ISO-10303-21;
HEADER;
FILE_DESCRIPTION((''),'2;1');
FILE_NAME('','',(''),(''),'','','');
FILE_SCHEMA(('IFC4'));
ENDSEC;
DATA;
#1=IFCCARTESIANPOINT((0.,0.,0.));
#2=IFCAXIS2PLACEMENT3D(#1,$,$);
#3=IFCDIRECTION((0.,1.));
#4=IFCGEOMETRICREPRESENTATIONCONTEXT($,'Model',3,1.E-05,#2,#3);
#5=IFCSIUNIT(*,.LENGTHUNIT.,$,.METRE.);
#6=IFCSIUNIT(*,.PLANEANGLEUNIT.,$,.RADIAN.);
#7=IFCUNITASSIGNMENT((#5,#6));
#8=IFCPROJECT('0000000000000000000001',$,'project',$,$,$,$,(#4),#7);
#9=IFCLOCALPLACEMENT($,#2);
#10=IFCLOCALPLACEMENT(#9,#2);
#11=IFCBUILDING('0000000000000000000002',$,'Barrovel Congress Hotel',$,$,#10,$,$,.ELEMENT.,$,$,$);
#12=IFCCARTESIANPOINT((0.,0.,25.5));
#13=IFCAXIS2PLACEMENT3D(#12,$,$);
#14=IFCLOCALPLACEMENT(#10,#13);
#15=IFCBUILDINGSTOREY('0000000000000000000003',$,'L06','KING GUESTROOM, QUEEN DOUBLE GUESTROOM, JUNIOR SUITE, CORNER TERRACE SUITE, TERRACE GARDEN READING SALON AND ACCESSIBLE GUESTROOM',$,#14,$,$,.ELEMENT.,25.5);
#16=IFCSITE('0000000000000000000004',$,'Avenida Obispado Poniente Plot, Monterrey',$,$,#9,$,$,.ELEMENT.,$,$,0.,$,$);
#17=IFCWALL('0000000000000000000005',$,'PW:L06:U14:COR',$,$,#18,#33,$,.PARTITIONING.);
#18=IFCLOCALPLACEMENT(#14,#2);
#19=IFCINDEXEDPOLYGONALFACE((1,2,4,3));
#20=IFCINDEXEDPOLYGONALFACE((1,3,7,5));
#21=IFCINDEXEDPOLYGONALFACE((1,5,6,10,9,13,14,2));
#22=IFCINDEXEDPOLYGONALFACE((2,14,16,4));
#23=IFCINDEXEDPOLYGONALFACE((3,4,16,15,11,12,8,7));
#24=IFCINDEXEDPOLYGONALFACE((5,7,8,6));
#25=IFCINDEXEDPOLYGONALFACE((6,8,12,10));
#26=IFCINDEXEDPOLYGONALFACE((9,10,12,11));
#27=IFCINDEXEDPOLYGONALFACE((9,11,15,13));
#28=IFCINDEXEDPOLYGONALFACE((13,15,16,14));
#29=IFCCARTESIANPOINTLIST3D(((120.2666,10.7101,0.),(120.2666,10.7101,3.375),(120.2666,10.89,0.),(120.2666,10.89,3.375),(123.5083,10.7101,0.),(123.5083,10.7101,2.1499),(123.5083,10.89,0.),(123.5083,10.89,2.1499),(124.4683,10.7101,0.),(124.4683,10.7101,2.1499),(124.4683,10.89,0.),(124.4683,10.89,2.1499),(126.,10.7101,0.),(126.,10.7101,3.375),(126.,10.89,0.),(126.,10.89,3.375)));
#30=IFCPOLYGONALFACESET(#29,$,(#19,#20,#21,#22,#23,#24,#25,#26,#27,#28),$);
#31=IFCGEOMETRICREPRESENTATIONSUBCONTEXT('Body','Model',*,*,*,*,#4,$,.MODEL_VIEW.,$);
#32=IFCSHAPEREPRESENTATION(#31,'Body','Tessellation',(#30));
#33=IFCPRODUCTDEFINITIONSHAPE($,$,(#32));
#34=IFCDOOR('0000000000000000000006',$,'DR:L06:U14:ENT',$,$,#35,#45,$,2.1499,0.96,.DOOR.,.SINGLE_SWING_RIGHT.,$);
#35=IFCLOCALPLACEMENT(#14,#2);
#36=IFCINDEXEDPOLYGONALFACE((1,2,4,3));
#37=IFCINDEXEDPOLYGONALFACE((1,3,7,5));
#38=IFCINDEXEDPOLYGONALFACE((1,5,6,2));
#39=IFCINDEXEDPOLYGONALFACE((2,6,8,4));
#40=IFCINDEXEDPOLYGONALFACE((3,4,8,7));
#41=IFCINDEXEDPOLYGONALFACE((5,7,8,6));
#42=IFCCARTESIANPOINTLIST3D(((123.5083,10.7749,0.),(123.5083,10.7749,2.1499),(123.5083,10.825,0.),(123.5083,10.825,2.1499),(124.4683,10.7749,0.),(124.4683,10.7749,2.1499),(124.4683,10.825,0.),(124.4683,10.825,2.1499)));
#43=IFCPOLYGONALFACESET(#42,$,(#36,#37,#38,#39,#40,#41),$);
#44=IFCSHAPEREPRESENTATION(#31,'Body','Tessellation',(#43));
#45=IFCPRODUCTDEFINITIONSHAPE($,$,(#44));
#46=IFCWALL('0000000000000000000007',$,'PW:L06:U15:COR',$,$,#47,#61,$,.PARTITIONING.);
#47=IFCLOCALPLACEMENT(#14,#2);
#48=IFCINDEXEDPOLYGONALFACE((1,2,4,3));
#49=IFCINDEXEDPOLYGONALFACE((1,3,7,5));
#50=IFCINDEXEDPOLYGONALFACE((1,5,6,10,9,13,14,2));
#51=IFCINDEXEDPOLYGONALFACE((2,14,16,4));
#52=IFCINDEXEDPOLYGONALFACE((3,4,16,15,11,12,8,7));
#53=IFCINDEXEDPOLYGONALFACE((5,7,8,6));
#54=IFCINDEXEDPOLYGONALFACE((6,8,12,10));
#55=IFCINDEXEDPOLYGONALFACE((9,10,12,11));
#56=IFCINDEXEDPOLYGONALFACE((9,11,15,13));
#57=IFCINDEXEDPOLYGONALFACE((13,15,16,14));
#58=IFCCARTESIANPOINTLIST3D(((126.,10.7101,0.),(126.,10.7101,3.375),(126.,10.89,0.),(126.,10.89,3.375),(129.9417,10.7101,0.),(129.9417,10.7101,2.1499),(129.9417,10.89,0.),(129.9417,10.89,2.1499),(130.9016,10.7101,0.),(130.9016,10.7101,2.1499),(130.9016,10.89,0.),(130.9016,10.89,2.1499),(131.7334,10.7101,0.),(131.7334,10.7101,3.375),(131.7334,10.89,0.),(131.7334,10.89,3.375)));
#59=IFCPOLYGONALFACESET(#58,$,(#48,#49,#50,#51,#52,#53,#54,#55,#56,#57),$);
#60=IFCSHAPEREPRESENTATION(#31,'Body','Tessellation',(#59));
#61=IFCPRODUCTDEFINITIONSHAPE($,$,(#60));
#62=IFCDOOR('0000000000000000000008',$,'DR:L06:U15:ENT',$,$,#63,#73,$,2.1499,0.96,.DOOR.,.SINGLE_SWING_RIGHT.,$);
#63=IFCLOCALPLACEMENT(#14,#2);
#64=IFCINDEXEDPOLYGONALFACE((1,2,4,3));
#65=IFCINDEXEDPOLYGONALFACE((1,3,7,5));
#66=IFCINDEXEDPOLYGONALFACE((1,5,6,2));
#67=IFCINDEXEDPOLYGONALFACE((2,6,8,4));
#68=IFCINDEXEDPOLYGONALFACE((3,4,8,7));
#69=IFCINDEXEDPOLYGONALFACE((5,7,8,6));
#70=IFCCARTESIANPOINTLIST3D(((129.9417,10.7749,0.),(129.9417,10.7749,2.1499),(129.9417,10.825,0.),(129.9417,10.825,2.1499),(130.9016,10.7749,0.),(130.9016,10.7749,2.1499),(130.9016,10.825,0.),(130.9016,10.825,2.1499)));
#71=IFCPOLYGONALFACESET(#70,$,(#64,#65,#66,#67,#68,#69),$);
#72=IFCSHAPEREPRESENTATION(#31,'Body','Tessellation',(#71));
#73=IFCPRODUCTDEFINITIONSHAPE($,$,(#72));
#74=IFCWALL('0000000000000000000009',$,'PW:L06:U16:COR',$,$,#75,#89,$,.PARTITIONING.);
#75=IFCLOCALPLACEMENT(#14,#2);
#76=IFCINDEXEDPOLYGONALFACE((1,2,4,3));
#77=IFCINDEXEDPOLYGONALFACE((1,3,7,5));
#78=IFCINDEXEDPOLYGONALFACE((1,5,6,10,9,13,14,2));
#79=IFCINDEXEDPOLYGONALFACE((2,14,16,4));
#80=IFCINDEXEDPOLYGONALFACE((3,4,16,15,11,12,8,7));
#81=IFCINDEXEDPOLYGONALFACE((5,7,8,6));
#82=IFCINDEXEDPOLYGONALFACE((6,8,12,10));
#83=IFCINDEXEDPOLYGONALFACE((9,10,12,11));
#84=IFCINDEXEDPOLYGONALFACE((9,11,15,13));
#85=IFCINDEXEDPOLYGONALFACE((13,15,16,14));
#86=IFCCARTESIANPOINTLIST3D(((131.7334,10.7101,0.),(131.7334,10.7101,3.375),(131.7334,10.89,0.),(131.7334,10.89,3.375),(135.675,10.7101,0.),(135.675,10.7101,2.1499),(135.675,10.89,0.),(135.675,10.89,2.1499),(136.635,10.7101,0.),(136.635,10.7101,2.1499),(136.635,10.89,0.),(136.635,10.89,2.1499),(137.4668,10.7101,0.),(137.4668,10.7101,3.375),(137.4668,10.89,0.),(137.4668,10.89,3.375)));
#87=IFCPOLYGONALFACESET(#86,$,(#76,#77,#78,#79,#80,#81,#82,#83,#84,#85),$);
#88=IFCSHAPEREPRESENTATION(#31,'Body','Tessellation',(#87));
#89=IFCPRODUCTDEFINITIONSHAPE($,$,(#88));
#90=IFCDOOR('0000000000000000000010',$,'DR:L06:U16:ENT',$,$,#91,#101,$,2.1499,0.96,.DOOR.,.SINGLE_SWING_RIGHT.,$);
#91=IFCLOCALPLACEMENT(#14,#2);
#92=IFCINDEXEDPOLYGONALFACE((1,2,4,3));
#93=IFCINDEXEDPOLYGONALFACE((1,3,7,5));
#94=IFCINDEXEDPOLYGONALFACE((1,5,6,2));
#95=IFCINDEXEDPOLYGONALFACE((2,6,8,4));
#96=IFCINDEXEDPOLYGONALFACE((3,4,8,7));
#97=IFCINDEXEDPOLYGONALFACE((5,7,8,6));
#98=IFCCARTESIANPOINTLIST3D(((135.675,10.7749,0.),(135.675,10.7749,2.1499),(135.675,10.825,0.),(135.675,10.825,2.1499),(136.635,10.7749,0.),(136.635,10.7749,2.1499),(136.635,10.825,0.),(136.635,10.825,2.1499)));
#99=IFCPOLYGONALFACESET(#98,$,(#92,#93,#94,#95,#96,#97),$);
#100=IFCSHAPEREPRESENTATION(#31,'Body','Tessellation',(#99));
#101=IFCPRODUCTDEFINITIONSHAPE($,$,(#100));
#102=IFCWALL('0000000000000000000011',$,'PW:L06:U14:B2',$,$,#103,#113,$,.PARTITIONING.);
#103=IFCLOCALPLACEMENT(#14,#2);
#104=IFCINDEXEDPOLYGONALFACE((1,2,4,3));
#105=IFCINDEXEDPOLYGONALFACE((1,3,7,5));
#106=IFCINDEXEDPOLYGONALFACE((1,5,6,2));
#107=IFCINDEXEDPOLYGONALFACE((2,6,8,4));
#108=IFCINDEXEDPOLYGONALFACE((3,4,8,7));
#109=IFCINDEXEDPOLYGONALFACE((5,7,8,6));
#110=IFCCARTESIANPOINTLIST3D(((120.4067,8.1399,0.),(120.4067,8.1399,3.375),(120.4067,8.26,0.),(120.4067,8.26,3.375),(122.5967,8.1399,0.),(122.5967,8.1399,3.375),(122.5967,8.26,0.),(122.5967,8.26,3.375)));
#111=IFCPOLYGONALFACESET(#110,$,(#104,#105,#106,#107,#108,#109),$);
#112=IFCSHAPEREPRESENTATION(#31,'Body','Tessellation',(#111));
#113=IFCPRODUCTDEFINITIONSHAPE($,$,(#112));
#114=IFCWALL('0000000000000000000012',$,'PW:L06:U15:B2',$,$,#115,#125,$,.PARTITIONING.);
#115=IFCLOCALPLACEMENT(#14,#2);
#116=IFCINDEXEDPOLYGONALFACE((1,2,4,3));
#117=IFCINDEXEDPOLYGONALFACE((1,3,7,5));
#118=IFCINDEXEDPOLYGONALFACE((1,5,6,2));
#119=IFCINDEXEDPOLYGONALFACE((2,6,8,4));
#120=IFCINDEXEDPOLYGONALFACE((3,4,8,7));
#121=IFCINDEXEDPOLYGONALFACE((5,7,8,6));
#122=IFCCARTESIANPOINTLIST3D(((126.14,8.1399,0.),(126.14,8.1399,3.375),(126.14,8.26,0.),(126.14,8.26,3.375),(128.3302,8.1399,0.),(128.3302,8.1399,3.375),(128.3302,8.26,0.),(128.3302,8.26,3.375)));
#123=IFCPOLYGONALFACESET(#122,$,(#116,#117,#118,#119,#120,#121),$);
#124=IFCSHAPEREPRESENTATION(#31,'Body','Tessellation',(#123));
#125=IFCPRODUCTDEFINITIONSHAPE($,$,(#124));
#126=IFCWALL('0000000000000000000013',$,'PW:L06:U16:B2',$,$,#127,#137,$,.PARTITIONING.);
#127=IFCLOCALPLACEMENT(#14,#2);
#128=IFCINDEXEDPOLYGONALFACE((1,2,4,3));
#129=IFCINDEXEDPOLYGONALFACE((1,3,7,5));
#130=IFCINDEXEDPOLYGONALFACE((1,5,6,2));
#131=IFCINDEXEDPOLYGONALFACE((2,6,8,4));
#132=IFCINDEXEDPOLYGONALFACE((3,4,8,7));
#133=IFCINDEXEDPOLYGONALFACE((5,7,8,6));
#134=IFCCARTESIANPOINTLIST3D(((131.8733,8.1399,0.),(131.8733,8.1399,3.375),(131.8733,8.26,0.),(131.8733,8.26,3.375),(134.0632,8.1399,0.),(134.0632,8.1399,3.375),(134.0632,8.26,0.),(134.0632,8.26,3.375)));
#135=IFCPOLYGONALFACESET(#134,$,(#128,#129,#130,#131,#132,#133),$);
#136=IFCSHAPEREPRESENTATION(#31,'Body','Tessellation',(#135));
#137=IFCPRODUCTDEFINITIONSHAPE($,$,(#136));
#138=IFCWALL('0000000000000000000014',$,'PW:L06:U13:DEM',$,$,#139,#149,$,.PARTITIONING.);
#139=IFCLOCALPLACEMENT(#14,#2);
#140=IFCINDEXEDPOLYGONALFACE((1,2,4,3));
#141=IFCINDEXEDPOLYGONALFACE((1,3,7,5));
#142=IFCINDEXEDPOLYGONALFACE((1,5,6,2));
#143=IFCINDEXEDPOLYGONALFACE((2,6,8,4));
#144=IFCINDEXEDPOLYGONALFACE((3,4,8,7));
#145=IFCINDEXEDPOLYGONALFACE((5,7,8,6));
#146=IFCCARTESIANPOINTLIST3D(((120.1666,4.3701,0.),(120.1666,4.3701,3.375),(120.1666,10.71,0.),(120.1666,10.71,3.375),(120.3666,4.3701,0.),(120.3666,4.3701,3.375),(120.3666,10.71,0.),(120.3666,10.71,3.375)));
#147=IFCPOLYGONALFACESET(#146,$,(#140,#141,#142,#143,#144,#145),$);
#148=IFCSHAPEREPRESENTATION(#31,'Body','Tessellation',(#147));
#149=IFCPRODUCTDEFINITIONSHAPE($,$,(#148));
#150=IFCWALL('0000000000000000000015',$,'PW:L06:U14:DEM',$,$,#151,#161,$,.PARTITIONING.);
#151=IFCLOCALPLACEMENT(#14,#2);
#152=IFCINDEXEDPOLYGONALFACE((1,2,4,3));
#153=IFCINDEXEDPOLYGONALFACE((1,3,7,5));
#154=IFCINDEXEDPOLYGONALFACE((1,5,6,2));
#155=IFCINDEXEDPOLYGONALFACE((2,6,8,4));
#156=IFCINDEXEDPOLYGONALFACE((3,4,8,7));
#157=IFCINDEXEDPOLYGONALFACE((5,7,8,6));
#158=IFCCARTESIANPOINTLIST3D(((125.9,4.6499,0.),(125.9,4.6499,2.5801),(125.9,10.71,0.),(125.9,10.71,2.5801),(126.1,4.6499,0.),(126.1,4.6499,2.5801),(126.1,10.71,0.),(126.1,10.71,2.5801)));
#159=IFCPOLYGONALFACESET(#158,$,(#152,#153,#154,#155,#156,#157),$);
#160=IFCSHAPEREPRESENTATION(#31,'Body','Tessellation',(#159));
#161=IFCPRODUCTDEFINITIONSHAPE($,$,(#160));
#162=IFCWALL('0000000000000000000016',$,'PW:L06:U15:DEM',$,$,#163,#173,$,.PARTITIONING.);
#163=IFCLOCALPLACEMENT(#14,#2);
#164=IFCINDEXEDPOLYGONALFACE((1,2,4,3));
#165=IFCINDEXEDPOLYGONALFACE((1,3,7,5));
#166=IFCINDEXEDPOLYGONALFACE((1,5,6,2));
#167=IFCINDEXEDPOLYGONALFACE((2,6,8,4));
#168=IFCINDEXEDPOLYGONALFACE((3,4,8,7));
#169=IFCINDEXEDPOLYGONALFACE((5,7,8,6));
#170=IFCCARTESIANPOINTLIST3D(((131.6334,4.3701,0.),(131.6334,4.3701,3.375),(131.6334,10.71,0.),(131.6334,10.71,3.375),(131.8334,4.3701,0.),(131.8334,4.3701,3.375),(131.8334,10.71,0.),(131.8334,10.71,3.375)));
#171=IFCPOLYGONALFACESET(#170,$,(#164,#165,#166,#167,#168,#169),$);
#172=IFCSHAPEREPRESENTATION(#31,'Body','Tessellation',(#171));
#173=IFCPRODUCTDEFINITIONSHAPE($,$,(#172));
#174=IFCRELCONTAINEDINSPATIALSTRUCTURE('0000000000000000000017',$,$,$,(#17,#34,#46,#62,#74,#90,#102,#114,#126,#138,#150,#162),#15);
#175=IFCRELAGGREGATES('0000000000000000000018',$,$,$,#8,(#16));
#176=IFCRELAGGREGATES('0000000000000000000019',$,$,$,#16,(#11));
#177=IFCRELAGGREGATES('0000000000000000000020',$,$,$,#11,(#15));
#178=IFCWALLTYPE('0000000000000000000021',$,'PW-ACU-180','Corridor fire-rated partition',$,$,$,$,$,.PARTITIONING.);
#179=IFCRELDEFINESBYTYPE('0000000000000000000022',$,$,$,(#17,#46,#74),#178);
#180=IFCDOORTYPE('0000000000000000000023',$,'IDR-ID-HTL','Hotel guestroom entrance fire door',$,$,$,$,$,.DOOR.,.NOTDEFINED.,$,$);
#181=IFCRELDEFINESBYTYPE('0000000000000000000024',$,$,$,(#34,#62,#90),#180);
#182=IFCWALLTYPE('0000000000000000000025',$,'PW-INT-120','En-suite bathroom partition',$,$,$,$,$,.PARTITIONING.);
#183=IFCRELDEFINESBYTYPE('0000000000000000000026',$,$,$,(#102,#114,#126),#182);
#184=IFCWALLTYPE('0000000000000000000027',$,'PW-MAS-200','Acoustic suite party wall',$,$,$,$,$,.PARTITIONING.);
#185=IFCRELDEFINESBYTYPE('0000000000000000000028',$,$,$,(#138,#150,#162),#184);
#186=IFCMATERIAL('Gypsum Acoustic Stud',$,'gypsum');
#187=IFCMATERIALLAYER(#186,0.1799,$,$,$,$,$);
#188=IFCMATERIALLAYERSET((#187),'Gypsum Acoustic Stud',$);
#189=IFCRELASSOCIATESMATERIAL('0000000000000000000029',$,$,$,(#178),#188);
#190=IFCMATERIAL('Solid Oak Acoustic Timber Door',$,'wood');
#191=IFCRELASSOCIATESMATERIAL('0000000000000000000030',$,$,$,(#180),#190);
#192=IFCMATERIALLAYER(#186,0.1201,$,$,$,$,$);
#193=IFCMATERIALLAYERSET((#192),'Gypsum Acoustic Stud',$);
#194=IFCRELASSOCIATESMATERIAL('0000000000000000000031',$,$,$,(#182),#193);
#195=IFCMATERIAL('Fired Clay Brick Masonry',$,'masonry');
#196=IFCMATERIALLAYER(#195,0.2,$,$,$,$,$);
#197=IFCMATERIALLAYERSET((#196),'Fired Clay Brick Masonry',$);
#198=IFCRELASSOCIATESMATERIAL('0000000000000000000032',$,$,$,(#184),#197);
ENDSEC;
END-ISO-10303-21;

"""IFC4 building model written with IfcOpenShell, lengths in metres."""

from ifc_helpers import new_model, si_unit, direction, frame, frame_2d, origin, place, context, subcontext, project, spatial, rectangle, extrude, material, layer, layer_set, type_object, element, fill, save


model = new_model("IFC4")

# Units and contexts
model_context = context("Model", 3, precision=1e-05, world=origin(), true_north=direction((0.0, 1.0)))
body_context = subcontext(model_context, "Body", "Model", "MODEL_VIEW")
ifc_project = project(units=[si_unit("LENGTHUNIT", "METRE"), si_unit("PLANEANGLEUNIT", "RADIAN")], contexts=[model_context])

# Site, building, storey
site_placement = place(None, origin())
site = spatial("IfcSite", under=ifc_project, at=site_placement, Name="Avenida Obispado Poniente Plot, Monterrey", CompositionType="ELEMENT", RefElevation=0.0)
building_placement = place(site_placement, origin())
building = spatial("IfcBuilding", under=site, at=building_placement, Name="Barrovel Congress Hotel", CompositionType="ELEMENT")
storey_placement = place(building_placement, frame((0.0, 0.0, 25.5)))
storey = spatial("IfcBuildingStorey", under=building, at=storey_placement, Name="L06", Description="KING GUESTROOM, QUEEN DOUBLE GUESTROOM, JUNIOR SUITE, CORNER TERRACE SUITE, TERRACE GARDEN READING SALON AND ACCESSIBLE GUESTROOM", CompositionType="ELEMENT", Elevation=25.5)

# Shared definitions
ifc_material_1 = material(Name="Fired Clay Brick Masonry", Category="masonry")

# Walls, openings, doors
ifc_material_2 = material(Name="Gypsum Acoustic Stud", Category="gypsum")
ifc_layer_1 = layer(ifc_material_2, 0.1799)
ifc_layer_set_1 = layer_set([ifc_layer_1], Name="Gypsum Acoustic Stud")
wall_type_1 = type_object("IfcWallType", Name="PW-ACU-180", Description="Corridor fire-rated partition", PredefinedType="PARTITIONING", material=ifc_layer_set_1)
wall_1_placement = place(storey_placement, frame((120.2666, 10.8, 0.0), z_axis=(0.0, 0.0, 1.0), x_axis=(1.0, 0.0, 0.0)))
wall_1 = element("IfcWall", 1, at=wall_1_placement, inside=storey, type_object=wall_type_1, Name="PW:L06:U14:COR", PredefinedType="PARTITIONING", context=body_context, shape_type="SweptSolid", body=[
    extrude(rectangle(XDim=5.7334, YDim=0.1799, at=frame_2d((2.8667, 0.0))), origin(), (0.0, 0.0, 1.0), 3.375),
])
opening_1_placement = place(wall_1_placement, frame((3.2417, 0.0, 0.0)))
opening_1 = element("IfcOpeningElement", 2, at=opening_1_placement, cuts=wall_1, PredefinedType="OPENING", context=body_context, shape_type="SweptSolid", body=[
    extrude(rectangle(XDim=0.96, YDim=2.1499, at=frame_2d((0.48, 1.075))), frame((0.0, 0.1001, 0.0), z_axis=(0.0, -1.0, 0.0), x_axis=(1.0, 0.0, 0.0)), (0.0, 0.0, 1.0), 0.2),
])
ifc_material_3 = material(Name="Solid Oak Acoustic Timber Door", Category="wood")
door_type_1 = type_object("IfcDoorType", Name="IDR-ID-HTL", Description="Hotel guestroom entrance fire door", OperationType="NOTDEFINED", PredefinedType="DOOR", material=ifc_material_3)
door_1_placement = place(opening_1_placement, origin())
door_1 = element("IfcDoor", 3, at=door_1_placement, inside=storey, type_object=door_type_1, Name="DR:L06:U14:ENT", OperationType="SINGLE_SWING_RIGHT", OverallHeight=2.1499, OverallWidth=0.96, PredefinedType="DOOR", context=body_context, shape_type="SweptSolid", body=[
    extrude(rectangle(XDim=0.96, YDim=2.1499, at=frame_2d((0.48, 1.075))), frame((0.0, 0.0249, 0.0), z_axis=(0.0, -1.0, 0.0), x_axis=(1.0, 0.0, 0.0)), (0.0, 0.0, 1.0), 0.05),
])
fill(opening_1, door_1)
wall_2_placement = place(storey_placement, frame((126.0, 10.8, 0.0), z_axis=(0.0, 0.0, 1.0), x_axis=(1.0, 0.0, 0.0)))
wall_2 = element("IfcWall", 4, at=wall_2_placement, inside=storey, type_object=wall_type_1, Name="PW:L06:U15:COR", PredefinedType="PARTITIONING", context=body_context, shape_type="SweptSolid", body=[
    extrude(rectangle(XDim=5.7334, YDim=0.1799, at=frame_2d((2.8667, 0.0))), origin(), (0.0, 0.0, 1.0), 3.375),
])
opening_2_placement = place(wall_2_placement, frame((3.9417, 0.0, 0.0)))
opening_2 = element("IfcOpeningElement", 5, at=opening_2_placement, cuts=wall_2, PredefinedType="OPENING", context=body_context, shape_type="SweptSolid", body=[
    extrude(rectangle(XDim=0.96, YDim=2.1499, at=frame_2d((0.48, 1.075))), frame((0.0, 0.1001, 0.0), z_axis=(0.0, -1.0, 0.0), x_axis=(1.0, 0.0, 0.0)), (0.0, 0.0, 1.0), 0.2),
])
door_2_placement = place(opening_2_placement, origin())
door_2 = element("IfcDoor", 6, at=door_2_placement, inside=storey, type_object=door_type_1, Name="DR:L06:U15:ENT", OperationType="SINGLE_SWING_RIGHT", OverallHeight=2.1499, OverallWidth=0.96, PredefinedType="DOOR", context=body_context, shape_type="SweptSolid", body=[
    extrude(rectangle(XDim=0.96, YDim=2.1499, at=frame_2d((0.48, 1.075))), frame((0.0, 0.0249, 0.0), z_axis=(0.0, -1.0, 0.0), x_axis=(1.0, 0.0, 0.0)), (0.0, 0.0, 1.0), 0.05),
])
fill(opening_2, door_2)
wall_3_placement = place(storey_placement, frame((131.7334, 10.8, 0.0), z_axis=(0.0, 0.0, 1.0), x_axis=(1.0, 0.0, 0.0)))
wall_3 = element("IfcWall", 7, at=wall_3_placement, inside=storey, type_object=wall_type_1, Name="PW:L06:U16:COR", PredefinedType="PARTITIONING", context=body_context, shape_type="SweptSolid", body=[
    extrude(rectangle(XDim=5.7334, YDim=0.1799, at=frame_2d((2.8667, 0.0))), origin(), (0.0, 0.0, 1.0), 3.375),
])
opening_3_placement = place(wall_3_placement, frame((3.9417, 0.0, 0.0)))
opening_3 = element("IfcOpeningElement", 8, at=opening_3_placement, cuts=wall_3, PredefinedType="OPENING", context=body_context, shape_type="SweptSolid", body=[
    extrude(rectangle(XDim=0.96, YDim=2.1499, at=frame_2d((0.48, 1.075))), frame((0.0, 0.1001, 0.0), z_axis=(0.0, -1.0, 0.0), x_axis=(1.0, 0.0, 0.0)), (0.0, 0.0, 1.0), 0.2),
])
door_3_placement = place(opening_3_placement, origin())
door_3 = element("IfcDoor", 9, at=door_3_placement, inside=storey, type_object=door_type_1, Name="DR:L06:U16:ENT", OperationType="SINGLE_SWING_RIGHT", OverallHeight=2.1499, OverallWidth=0.96, PredefinedType="DOOR", context=body_context, shape_type="SweptSolid", body=[
    extrude(rectangle(XDim=0.96, YDim=2.1499, at=frame_2d((0.48, 1.075))), frame((0.0, 0.0249, 0.0), z_axis=(0.0, -1.0, 0.0), x_axis=(1.0, 0.0, 0.0)), (0.0, 0.0, 1.0), 0.05),
])
fill(opening_3, door_3)

# Walls
ifc_layer_2 = layer(ifc_material_2, 0.1201)
ifc_layer_set_2 = layer_set([ifc_layer_2], Name="Gypsum Acoustic Stud")
wall_type_2 = type_object("IfcWallType", Name="PW-INT-120", Description="En-suite bathroom partition", PredefinedType="PARTITIONING", material=ifc_layer_set_2)
wall_4_placement = place(storey_placement, frame((120.4067, 8.2, 0.0), z_axis=(0.0, 0.0, 1.0), x_axis=(1.0, 0.0, 0.0)))
element("IfcWall", 10, at=wall_4_placement, inside=storey, type_object=wall_type_2, Name="PW:L06:U14:B2", PredefinedType="PARTITIONING", context=body_context, shape_type="SweptSolid", body=[
    extrude(rectangle(XDim=2.1899, YDim=0.1201, at=frame_2d((1.095, 0.0))), origin(), (0.0, 0.0, 1.0), 3.375),
])
wall_5_placement = place(storey_placement, frame((126.1399, 8.2, 0.0), z_axis=(0.0, 0.0, 1.0), x_axis=(1.0, 0.0, 0.0)))
element("IfcWall", 11, at=wall_5_placement, inside=storey, type_object=wall_type_2, Name="PW:L06:U15:B2", PredefinedType="PARTITIONING", context=body_context, shape_type="SweptSolid", body=[
    extrude(rectangle(XDim=2.1902, YDim=0.1201, at=frame_2d((1.0952, 0.0))), origin(), (0.0, 0.0, 1.0), 3.375),
])
wall_6_placement = place(storey_placement, frame((131.8733, 8.2, 0.0), z_axis=(0.0, 0.0, 1.0), x_axis=(1.0, 0.0, 0.0)))
element("IfcWall", 12, at=wall_6_placement, inside=storey, type_object=wall_type_2, Name="PW:L06:U16:B2", PredefinedType="PARTITIONING", context=body_context, shape_type="SweptSolid", body=[
    extrude(rectangle(XDim=2.1899, YDim=0.1201, at=frame_2d((1.095, 0.0))), origin(), (0.0, 0.0, 1.0), 3.375),
])
ifc_layer_3 = layer(ifc_material_1, 0.2)
ifc_layer_set_3 = layer_set([ifc_layer_3], Name="Fired Clay Brick Masonry")
wall_type_3 = type_object("IfcWallType", Name="PW-MAS-200", Description="Acoustic suite party wall", PredefinedType="PARTITIONING", material=ifc_layer_set_3)
wall_7_placement = place(storey_placement, frame((120.2666, 4.3701, 0.0), z_axis=(0.0, 0.0, 1.0), x_axis=(0.0, 1.0, 0.0)))
element("IfcWall", 13, at=wall_7_placement, inside=storey, type_object=wall_type_3, Name="PW:L06:U13:DEM", PredefinedType="PARTITIONING", context=body_context, shape_type="SweptSolid", body=[
    extrude(rectangle(XDim=6.3398, YDim=0.2, at=frame_2d((3.1699, 0.0))), origin(), (0.0, 0.0, 1.0), 3.375),
])
wall_8_placement = place(storey_placement, frame((126.0, 4.6499, 0.0), z_axis=(0.0, 0.0, 1.0), x_axis=(0.0, 1.0, 0.0)))
element("IfcWall", 14, at=wall_8_placement, inside=storey, type_object=wall_type_3, Name="PW:L06:U14:DEM", PredefinedType="PARTITIONING", context=body_context, shape_type="SweptSolid", body=[
    extrude(rectangle(XDim=6.0601, YDim=0.2, at=frame_2d((3.03, 0.0))), origin(), (0.0, 0.0, 1.0), 2.5801),
])
wall_9_placement = place(storey_placement, frame((131.7334, 4.3701, 0.0), z_axis=(0.0, 0.0, 1.0), x_axis=(0.0, 1.0, 0.0)))
element("IfcWall", 15, at=wall_9_placement, inside=storey, type_object=wall_type_3, Name="PW:L06:U15:DEM", PredefinedType="PARTITIONING", context=body_context, shape_type="SweptSolid", body=[
    extrude(rectangle(XDim=6.3398, YDim=0.2, at=frame_2d((3.1699, 0.0))), origin(), (0.0, 0.0, 1.0), 3.375),
])

save(model, "model.ifc")
